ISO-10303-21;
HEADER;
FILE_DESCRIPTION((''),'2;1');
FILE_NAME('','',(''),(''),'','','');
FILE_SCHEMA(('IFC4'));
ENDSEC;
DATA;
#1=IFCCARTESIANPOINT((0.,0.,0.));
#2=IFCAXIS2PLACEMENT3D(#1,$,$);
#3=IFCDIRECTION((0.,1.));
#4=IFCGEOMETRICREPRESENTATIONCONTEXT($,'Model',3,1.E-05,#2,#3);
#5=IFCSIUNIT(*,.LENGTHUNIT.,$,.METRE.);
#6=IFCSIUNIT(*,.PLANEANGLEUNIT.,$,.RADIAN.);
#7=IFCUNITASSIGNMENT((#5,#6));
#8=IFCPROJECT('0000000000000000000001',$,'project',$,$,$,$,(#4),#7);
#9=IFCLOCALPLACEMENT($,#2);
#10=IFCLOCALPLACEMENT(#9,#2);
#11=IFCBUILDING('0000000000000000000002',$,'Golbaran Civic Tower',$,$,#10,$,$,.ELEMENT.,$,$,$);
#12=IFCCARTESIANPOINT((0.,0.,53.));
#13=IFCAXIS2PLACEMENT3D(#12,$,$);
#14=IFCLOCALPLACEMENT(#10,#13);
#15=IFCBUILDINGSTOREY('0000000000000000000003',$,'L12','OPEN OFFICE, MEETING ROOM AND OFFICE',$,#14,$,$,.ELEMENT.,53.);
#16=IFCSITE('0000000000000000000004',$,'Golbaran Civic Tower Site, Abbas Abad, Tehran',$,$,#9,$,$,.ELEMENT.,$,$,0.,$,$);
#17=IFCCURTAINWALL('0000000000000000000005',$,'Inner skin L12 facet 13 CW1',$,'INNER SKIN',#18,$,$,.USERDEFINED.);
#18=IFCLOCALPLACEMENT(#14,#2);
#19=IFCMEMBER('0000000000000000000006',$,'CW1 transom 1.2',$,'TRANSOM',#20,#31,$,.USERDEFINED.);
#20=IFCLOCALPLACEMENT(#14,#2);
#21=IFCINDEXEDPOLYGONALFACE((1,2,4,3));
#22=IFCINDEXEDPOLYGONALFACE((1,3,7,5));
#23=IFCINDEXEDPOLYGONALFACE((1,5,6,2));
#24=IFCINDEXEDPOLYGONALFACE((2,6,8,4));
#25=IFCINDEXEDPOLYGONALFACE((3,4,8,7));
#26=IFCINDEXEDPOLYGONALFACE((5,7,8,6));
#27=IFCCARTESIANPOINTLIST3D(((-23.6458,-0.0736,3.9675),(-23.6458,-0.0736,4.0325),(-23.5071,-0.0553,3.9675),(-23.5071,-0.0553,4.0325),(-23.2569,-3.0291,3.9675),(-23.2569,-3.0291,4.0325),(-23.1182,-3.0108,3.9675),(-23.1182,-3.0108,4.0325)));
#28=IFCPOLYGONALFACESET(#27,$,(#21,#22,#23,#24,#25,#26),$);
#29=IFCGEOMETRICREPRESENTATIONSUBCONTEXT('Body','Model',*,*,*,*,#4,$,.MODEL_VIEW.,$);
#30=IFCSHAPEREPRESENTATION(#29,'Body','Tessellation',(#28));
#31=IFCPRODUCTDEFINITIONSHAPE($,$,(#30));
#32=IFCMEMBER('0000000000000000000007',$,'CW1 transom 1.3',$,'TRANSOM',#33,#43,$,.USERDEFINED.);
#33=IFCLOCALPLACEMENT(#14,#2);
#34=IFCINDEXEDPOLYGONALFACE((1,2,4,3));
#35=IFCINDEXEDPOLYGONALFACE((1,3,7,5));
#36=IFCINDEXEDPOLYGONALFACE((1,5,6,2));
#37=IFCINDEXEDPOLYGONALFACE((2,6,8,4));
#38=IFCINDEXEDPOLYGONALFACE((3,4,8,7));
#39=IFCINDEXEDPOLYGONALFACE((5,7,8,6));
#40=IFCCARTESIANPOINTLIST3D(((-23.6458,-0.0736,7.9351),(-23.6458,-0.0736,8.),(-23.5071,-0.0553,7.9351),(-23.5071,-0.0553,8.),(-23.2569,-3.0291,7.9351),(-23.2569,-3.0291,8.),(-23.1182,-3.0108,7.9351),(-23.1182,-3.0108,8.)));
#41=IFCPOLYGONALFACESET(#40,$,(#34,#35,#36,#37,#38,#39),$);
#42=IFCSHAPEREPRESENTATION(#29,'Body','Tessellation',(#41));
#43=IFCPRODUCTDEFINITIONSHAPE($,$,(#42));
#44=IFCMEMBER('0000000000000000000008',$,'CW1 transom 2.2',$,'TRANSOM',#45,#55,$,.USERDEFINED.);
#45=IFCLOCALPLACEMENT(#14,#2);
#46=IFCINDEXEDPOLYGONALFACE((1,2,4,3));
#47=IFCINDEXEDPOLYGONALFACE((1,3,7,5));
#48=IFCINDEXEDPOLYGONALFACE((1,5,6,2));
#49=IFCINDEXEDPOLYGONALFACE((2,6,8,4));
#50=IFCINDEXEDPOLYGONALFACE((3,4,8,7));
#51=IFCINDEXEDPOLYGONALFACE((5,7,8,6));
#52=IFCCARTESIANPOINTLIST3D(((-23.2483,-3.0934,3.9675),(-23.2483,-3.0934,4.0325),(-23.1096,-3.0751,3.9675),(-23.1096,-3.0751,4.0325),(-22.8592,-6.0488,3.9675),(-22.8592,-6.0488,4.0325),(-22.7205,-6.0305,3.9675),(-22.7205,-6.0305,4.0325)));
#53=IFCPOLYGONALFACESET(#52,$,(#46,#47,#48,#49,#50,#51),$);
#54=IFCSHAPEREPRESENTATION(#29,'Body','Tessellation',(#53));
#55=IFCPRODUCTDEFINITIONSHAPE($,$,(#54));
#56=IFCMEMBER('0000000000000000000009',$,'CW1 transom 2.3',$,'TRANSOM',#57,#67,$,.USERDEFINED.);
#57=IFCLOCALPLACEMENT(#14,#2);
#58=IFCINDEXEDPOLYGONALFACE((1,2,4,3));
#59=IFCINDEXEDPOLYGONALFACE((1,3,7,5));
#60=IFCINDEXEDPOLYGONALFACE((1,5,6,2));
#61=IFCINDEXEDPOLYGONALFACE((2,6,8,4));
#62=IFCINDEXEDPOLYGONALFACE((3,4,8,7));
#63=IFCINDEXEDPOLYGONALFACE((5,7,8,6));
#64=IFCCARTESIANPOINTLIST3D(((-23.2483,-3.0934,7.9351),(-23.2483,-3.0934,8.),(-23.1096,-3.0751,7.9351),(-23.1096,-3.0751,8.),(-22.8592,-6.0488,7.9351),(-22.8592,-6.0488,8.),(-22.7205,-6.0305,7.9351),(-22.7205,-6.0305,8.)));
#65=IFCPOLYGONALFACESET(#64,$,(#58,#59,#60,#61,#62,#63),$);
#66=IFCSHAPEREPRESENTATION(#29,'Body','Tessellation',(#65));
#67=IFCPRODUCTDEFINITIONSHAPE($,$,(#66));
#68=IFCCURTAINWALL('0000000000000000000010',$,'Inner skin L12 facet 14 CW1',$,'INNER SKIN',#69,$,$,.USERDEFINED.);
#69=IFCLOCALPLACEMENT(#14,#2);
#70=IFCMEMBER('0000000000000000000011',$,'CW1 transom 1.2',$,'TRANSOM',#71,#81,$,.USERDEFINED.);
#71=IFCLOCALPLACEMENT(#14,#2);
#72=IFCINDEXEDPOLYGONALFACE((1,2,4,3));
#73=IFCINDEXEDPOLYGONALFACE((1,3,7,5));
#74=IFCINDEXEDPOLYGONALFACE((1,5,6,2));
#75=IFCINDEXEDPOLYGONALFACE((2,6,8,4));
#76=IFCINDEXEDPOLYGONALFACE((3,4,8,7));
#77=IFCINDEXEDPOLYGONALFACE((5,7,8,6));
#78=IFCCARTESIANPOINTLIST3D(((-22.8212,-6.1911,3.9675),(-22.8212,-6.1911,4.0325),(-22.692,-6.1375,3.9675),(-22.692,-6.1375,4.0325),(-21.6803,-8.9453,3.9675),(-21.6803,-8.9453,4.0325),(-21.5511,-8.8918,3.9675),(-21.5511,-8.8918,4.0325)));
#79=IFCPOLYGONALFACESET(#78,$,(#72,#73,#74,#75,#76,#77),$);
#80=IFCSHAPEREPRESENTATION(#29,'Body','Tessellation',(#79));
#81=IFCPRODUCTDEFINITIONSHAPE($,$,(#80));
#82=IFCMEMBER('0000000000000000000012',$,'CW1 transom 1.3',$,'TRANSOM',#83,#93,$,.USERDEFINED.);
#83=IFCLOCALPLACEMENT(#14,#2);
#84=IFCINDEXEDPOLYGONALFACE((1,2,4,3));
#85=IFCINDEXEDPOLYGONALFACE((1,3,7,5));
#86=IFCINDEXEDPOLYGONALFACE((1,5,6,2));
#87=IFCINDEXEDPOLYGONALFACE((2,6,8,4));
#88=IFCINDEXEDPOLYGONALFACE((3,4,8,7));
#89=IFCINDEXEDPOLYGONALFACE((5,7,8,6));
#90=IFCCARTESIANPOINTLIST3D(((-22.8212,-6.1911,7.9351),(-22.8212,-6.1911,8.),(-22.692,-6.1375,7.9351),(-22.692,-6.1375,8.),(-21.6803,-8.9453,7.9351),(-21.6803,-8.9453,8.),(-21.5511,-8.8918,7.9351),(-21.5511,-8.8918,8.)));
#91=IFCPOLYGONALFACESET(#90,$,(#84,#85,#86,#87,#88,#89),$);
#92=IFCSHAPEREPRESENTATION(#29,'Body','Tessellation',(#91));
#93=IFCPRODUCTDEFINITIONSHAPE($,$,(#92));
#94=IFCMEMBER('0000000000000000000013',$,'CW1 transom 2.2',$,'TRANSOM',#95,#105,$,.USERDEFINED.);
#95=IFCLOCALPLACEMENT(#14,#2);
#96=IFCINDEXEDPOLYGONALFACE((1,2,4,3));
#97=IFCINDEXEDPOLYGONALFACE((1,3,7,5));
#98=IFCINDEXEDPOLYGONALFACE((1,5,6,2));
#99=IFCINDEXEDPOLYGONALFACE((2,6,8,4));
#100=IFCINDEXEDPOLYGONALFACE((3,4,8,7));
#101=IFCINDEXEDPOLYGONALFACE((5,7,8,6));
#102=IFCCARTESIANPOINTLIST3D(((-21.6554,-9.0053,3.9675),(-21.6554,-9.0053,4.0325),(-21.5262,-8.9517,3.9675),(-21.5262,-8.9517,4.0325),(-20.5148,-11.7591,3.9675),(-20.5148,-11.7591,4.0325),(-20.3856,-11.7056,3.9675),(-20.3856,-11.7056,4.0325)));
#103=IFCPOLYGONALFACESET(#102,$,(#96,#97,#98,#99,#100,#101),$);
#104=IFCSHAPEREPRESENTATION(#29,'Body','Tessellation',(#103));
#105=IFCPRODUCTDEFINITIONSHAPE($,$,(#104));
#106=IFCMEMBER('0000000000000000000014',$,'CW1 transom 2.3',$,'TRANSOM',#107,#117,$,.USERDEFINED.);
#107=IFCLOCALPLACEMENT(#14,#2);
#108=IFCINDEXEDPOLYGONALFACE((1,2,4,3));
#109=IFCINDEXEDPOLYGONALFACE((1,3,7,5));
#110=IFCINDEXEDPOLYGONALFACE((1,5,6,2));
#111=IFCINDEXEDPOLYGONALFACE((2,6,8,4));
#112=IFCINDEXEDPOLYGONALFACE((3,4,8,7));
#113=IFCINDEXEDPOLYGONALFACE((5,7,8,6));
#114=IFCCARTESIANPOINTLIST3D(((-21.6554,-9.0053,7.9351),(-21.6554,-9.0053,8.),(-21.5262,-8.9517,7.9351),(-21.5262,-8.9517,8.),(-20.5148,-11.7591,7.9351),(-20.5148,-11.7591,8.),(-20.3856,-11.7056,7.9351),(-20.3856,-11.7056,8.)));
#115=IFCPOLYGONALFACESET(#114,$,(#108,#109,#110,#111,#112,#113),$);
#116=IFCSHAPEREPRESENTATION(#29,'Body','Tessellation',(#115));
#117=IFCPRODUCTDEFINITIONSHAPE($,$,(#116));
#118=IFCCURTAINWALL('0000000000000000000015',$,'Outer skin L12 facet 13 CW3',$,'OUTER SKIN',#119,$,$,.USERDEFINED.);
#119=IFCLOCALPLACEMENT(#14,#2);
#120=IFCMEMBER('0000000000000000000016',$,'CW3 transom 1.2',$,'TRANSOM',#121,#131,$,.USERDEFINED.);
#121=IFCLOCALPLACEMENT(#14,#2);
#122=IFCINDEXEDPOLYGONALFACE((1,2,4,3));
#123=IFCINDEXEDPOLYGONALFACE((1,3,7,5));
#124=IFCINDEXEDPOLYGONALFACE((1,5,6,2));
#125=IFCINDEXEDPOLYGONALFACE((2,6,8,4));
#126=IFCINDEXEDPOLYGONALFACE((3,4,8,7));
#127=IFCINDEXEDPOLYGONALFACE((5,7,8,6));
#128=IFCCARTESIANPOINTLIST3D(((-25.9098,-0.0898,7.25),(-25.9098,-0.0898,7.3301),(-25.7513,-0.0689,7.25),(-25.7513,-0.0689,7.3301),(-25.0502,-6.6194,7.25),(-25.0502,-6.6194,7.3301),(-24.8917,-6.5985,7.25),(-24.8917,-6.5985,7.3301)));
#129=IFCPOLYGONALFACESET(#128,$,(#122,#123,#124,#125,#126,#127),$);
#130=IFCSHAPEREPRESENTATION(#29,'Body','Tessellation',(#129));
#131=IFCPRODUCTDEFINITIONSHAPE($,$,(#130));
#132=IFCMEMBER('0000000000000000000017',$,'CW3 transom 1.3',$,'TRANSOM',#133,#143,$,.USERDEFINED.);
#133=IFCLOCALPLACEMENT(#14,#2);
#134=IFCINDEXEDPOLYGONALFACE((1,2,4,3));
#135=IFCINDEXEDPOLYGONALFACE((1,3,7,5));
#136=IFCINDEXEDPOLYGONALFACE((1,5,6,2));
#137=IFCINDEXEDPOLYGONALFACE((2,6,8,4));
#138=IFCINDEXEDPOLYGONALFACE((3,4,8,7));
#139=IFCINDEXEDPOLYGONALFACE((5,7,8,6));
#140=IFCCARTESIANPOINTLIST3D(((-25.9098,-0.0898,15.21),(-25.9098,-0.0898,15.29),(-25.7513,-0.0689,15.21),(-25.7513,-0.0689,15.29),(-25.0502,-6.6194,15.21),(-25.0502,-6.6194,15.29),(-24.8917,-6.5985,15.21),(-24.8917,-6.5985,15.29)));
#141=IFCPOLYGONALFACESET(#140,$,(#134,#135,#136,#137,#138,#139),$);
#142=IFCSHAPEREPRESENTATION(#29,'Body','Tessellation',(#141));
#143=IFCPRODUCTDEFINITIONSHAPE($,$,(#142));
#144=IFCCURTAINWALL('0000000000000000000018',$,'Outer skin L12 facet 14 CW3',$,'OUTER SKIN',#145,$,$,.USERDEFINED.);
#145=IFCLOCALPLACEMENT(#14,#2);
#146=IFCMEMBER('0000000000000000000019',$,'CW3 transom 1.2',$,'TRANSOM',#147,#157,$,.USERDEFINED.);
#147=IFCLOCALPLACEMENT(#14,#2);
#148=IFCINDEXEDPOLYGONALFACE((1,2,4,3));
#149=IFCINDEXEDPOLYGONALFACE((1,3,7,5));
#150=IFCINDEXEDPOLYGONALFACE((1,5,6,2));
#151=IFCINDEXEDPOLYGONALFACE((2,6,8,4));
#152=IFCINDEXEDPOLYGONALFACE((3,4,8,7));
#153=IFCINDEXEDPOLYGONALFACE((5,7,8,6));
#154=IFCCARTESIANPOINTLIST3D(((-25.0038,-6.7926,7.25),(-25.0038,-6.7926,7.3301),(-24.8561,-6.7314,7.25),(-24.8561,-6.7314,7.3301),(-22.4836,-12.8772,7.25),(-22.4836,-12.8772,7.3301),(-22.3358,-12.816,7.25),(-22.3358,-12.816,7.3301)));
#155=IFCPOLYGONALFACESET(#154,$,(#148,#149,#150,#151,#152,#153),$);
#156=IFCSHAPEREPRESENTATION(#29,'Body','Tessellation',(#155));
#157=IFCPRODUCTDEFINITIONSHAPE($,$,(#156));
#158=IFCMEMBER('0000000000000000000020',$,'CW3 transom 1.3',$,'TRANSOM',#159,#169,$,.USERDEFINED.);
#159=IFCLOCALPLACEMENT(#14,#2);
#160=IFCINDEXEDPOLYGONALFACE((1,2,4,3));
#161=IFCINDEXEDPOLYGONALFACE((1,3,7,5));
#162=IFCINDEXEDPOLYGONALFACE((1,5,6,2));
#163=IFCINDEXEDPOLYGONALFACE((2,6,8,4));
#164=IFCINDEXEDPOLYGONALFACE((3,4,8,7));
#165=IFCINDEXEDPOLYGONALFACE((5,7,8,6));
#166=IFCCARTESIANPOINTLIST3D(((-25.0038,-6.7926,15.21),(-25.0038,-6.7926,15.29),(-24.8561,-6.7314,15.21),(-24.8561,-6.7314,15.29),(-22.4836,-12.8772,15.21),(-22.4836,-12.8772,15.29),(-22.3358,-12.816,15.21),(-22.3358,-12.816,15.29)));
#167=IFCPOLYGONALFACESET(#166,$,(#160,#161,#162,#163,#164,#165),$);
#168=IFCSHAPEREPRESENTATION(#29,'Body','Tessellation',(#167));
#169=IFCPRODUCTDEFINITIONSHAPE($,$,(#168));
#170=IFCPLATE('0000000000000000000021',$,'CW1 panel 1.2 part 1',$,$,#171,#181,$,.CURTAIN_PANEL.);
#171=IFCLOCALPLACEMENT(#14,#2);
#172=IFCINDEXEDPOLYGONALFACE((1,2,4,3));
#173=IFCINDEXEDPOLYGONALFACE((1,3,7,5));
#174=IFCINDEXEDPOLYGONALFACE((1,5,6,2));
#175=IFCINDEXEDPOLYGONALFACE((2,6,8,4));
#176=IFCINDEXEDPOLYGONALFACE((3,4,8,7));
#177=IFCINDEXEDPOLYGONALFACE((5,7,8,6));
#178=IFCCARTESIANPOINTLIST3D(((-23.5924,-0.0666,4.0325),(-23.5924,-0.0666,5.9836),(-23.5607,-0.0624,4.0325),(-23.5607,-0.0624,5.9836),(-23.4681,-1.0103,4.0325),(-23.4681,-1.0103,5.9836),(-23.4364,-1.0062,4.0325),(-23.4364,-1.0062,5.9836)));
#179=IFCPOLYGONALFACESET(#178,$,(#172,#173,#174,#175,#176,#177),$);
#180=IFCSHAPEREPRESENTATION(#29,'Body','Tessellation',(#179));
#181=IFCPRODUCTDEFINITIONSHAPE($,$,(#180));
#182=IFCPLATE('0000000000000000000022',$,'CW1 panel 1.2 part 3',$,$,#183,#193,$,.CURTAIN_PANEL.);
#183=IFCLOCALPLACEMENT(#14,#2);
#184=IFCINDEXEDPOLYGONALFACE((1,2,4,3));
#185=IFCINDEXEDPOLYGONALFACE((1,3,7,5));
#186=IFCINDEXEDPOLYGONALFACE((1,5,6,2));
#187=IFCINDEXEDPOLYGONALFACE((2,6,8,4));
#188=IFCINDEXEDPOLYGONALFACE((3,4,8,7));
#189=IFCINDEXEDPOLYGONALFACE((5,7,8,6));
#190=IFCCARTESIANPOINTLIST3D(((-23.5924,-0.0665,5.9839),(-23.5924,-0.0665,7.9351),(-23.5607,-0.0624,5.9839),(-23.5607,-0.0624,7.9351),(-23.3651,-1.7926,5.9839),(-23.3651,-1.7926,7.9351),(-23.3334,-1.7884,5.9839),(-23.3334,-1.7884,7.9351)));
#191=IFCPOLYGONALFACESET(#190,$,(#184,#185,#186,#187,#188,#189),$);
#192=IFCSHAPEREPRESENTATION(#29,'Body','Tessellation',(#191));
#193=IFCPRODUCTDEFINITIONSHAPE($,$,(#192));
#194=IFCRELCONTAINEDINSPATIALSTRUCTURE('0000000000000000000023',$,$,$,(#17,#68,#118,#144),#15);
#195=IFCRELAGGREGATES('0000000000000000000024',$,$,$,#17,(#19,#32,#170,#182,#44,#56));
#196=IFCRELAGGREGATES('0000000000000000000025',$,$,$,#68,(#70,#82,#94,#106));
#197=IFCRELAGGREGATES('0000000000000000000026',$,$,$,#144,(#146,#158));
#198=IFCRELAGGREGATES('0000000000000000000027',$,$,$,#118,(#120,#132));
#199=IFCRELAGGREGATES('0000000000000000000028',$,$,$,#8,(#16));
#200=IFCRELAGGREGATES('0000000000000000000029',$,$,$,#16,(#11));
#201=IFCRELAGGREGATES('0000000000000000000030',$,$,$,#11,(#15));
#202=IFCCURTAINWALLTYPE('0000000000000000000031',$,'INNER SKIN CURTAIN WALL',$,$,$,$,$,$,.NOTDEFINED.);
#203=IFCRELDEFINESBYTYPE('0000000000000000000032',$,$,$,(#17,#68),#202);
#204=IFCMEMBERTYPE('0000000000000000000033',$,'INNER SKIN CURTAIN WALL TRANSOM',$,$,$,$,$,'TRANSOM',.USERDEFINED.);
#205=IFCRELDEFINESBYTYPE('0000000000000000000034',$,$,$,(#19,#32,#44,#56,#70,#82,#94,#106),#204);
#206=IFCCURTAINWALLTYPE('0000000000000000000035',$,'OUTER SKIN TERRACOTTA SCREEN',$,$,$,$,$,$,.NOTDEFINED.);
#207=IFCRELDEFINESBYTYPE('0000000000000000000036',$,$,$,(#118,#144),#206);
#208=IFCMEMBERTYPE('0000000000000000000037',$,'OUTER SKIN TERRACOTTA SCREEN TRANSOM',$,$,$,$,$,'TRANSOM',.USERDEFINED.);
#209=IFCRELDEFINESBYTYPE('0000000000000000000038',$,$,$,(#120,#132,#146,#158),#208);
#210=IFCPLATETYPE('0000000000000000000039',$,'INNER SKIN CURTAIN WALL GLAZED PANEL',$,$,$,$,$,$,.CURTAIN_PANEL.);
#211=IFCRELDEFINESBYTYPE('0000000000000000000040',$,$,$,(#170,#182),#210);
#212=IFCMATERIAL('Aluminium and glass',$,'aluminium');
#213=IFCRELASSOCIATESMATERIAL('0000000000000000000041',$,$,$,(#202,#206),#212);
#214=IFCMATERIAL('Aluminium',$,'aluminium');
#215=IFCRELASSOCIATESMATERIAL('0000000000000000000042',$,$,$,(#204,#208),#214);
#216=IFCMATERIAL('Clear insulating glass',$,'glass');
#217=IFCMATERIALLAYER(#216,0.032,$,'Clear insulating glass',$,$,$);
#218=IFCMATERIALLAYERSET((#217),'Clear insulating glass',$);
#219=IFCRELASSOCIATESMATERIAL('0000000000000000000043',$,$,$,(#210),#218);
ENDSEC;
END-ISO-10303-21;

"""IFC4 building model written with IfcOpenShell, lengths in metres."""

from ifc_helpers import new_model, si_unit, direction, frame, origin, origin_2d, place, context, subcontext, project, spatial, rectangle, extrude, material, layer, layer_set, material_profile, profile_set, type_object, element, aggregate, save


model = new_model("IFC4")

# Units and contexts
model_context = context("Model", 3, precision=1e-05, world=origin(), true_north=direction((0.0, 1.0)))
body_context = subcontext(model_context, "Body", "Model", "MODEL_VIEW")
ifc_project = project(units=[si_unit("LENGTHUNIT", "METRE"), si_unit("PLANEANGLEUNIT", "RADIAN")], contexts=[model_context])

# Site, building, storey
site_placement = place(None, origin())
site = spatial("IfcSite", under=ifc_project, at=site_placement, Name="Golbaran Civic Tower Site, Abbas Abad, Tehran", CompositionType="ELEMENT", RefElevation=0.0)
building_placement = place(site_placement, origin())
building = spatial("IfcBuilding", under=site, at=building_placement, Name="Golbaran Civic Tower", CompositionType="ELEMENT")
storey_placement = place(building_placement, frame((0.0, 0.0, 53.0)))
storey = spatial("IfcBuildingStorey", under=building, at=storey_placement, Name="L12", Description="OPEN OFFICE, MEETING ROOM AND OFFICE", CompositionType="ELEMENT", Elevation=53.0)

# Curtain walls, members
ifc_material_1 = material(Name="Aluminium and glass", Category="aluminium")
curtain_wall_type_1 = type_object("IfcCurtainWallType", Name="INNER SKIN CURTAIN WALL", PredefinedType="NOTDEFINED", material=ifc_material_1)
curtain_wall_1_placement = place(storey_placement, origin())
curtain_wall_1 = element("IfcCurtainWall", 1, at=curtain_wall_1_placement, inside=storey, type_object=curtain_wall_type_1, Name="Inner skin L12 facet 13 CW1", ObjectType="INNER SKIN", PredefinedType="USERDEFINED")
ifc_material_2 = material(Name="Aluminium", Category="aluminium")
ifc_material_profile_1 = material_profile(ifc_material_2, rectangle(XDim=0.1399, YDim=0.0649, at=origin_2d()), Name="INNER SKIN CURTAIN WALL TRANSOM")
ifc_profile_set_1 = profile_set([ifc_material_profile_1], Name="Aluminium")
member_type_1 = type_object("IfcMemberType", Name="INNER SKIN CURTAIN WALL TRANSOM", ElementType="TRANSOM", PredefinedType="USERDEFINED", material=ifc_profile_set_1)
member_1_placement = place(storey_placement, frame((-23.5764, -0.0645, 4.0), z_axis=(0.130463, -0.991453, 0.0), x_axis=(0.991453, 0.130463, 0.0)))
member_1 = element("IfcMember", 2, at=member_1_placement, type_object=member_type_1, Name="CW1 transom 1.2", ObjectType="TRANSOM", PredefinedType="USERDEFINED", context=body_context, shape_type="SweptSolid", body=[
    extrude(rectangle(XDim=0.1399, YDim=0.0649, at=origin_2d()), origin(), (0.0, 0.0, 1.0), 2.981),
])
member_2_placement = place(storey_placement, frame((-23.5764, -0.0645, 7.9675), z_axis=(0.130463, -0.991453, 0.0), x_axis=(0.991453, 0.130463, 0.0)))
member_2 = element("IfcMember", 3, at=member_2_placement, type_object=member_type_1, Name="CW1 transom 1.3", ObjectType="TRANSOM", PredefinedType="USERDEFINED", context=body_context, shape_type="SweptSolid", body=[
    extrude(rectangle(XDim=0.1399, YDim=0.0649, at=origin_2d()), origin(), (0.0, 0.0, 1.0), 2.981),
])
member_3_placement = place(storey_placement, frame((-23.179, -3.0842, 4.0), z_axis=(0.130543, -0.991443, 0.0), x_axis=(0.991443, 0.130543, 0.0)))
member_3 = element("IfcMember", 4, at=member_3_placement, type_object=member_type_1, Name="CW1 transom 2.2", ObjectType="TRANSOM", PredefinedType="USERDEFINED", context=body_context, shape_type="SweptSolid", body=[
    extrude(rectangle(XDim=0.1399, YDim=0.0649, at=origin_2d()), origin(), (0.0, 0.0, 1.0), 2.981),
])
member_4_placement = place(storey_placement, frame((-23.179, -3.0842, 7.9675), z_axis=(0.130543, -0.991443, 0.0), x_axis=(0.991443, 0.130543, 0.0)))
member_4 = element("IfcMember", 5, at=member_4_placement, type_object=member_type_1, Name="CW1 transom 2.3", ObjectType="TRANSOM", PredefinedType="USERDEFINED", context=body_context, shape_type="SweptSolid", body=[
    extrude(rectangle(XDim=0.1399, YDim=0.0649, at=origin_2d()), origin(), (0.0, 0.0, 1.0), 2.981),
])
curtain_wall_2_placement = place(storey_placement, origin())
curtain_wall_2 = element("IfcCurtainWall", 6, at=curtain_wall_2_placement, inside=storey, type_object=curtain_wall_type_1, Name="Inner skin L12 facet 14 CW1", ObjectType="INNER SKIN", PredefinedType="USERDEFINED")
member_5_placement = place(storey_placement, frame((-22.7566, -6.1643, 4.0), z_axis=(0.382701, -0.923872, 0.0), x_axis=(0.923872, 0.382701, 0.0)))
member_5 = element("IfcMember", 7, at=member_5_placement, type_object=member_type_1, Name="CW1 transom 1.2", ObjectType="TRANSOM", PredefinedType="USERDEFINED", context=body_context, shape_type="SweptSolid", body=[
    extrude(rectangle(XDim=0.1399, YDim=0.0649, at=origin_2d()), origin(), (0.0, 0.0, 1.0), 2.9812),
])
member_6_placement = place(storey_placement, frame((-22.7566, -6.1643, 7.9675), z_axis=(0.382701, -0.923872, 0.0), x_axis=(0.923872, 0.382701, 0.0)))
member_6 = element("IfcMember", 8, at=member_6_placement, type_object=member_type_1, Name="CW1 transom 1.3", ObjectType="TRANSOM", PredefinedType="USERDEFINED", context=body_context, shape_type="SweptSolid", body=[
    extrude(rectangle(XDim=0.1399, YDim=0.0649, at=origin_2d()), origin(), (0.0, 0.0, 1.0), 2.9812),
])
member_7_placement = place(storey_placement, frame((-21.5908, -8.9785, 4.0), z_axis=(0.38266, -0.923889, 0.0), x_axis=(0.923889, 0.38266, 0.0)))
member_7 = element("IfcMember", 9, at=member_7_placement, type_object=member_type_1, Name="CW1 transom 2.2", ObjectType="TRANSOM", PredefinedType="USERDEFINED", context=body_context, shape_type="SweptSolid", body=[
    extrude(rectangle(XDim=0.1399, YDim=0.0649, at=origin_2d()), origin(), (0.0, 0.0, 1.0), 2.9807),
])
member_8_placement = place(storey_placement, frame((-21.5908, -8.9785, 7.9675), z_axis=(0.38266, -0.923889, 0.0), x_axis=(0.923889, 0.38266, 0.0)))
member_8 = element("IfcMember", 10, at=member_8_placement, type_object=member_type_1, Name="CW1 transom 2.3", ObjectType="TRANSOM", PredefinedType="USERDEFINED", context=body_context, shape_type="SweptSolid", body=[
    extrude(rectangle(XDim=0.1399, YDim=0.0649, at=origin_2d()), origin(), (0.0, 0.0, 1.0), 2.9807),
])
curtain_wall_type_2 = type_object("IfcCurtainWallType", Name="OUTER SKIN TERRACOTTA SCREEN", PredefinedType="NOTDEFINED", material=ifc_material_1)
curtain_wall_3_placement = place(storey_placement, origin())
curtain_wall_3 = element("IfcCurtainWall", 11, at=curtain_wall_3_placement, inside=storey, type_object=curtain_wall_type_2, Name="Outer skin L12 facet 13 CW3", ObjectType="OUTER SKIN", PredefinedType="USERDEFINED")
ifc_material_profile_2 = material_profile(ifc_material_2, rectangle(XDim=0.1599, YDim=0.0801, at=origin_2d()), Name="OUTER SKIN TERRACOTTA SCREEN TRANSOM")
ifc_profile_set_2 = profile_set([ifc_material_profile_2], Name="Aluminium")
member_type_2 = type_object("IfcMemberType", Name="OUTER SKIN TERRACOTTA SCREEN TRANSOM", ElementType="TRANSOM", PredefinedType="USERDEFINED", material=ifc_profile_set_2)
member_9_placement = place(storey_placement, frame((-25.8306, -0.0793, 7.29), z_axis=(0.130525, -0.991445, 0.0), x_axis=(0.991445, 0.130525, 0.0)))
member_9 = element("IfcMember", 12, at=member_9_placement, type_object=member_type_2, Name="CW3 transom 1.2", ObjectType="TRANSOM", PredefinedType="USERDEFINED", context=body_context, shape_type="SweptSolid", body=[
    extrude(rectangle(XDim=0.1599, YDim=0.0801, at=origin_2d()), origin(), (0.0, 0.0, 1.0), 6.5859),
])
member_10_placement = place(storey_placement, frame((-25.8306, -0.0793, 15.25), z_axis=(0.130525, -0.991445, 0.0), x_axis=(0.991445, 0.130525, 0.0)))
member_10 = element("IfcMember", 13, at=member_10_placement, type_object=member_type_2, Name="CW3 transom 1.3", ObjectType="TRANSOM", PredefinedType="USERDEFINED", context=body_context, shape_type="SweptSolid", body=[
    extrude(rectangle(XDim=0.1599, YDim=0.0801, at=origin_2d()), origin(), (0.0, 0.0, 1.0), 6.5859),
])
curtain_wall_4_placement = place(storey_placement, origin())
curtain_wall_4 = element("IfcCurtainWall", 14, at=curtain_wall_4_placement, inside=storey, type_object=curtain_wall_type_2, Name="Outer skin L12 facet 14 CW3", ObjectType="OUTER SKIN", PredefinedType="USERDEFINED")
member_11_placement = place(storey_placement, frame((-24.9299, -6.762, 7.29), z_axis=(0.382669, -0.923885, 0.0), x_axis=(0.923885, 0.382669, 0.0)))
member_11 = element("IfcMember", 15, at=member_11_placement, type_object=member_type_2, Name="CW3 transom 1.2", ObjectType="TRANSOM", PredefinedType="USERDEFINED", context=body_context, shape_type="SweptSolid", body=[
    extrude(rectangle(XDim=0.1599, YDim=0.0801, at=origin_2d()), origin(), (0.0, 0.0, 1.0), 6.5859),
])
member_12_placement = place(storey_placement, frame((-24.9299, -6.762, 15.25), z_axis=(0.382669, -0.923885, 0.0), x_axis=(0.923885, 0.382669, 0.0)))
member_12 = element("IfcMember", 16, at=member_12_placement, type_object=member_type_2, Name="CW3 transom 1.3", ObjectType="TRANSOM", PredefinedType="USERDEFINED", context=body_context, shape_type="SweptSolid", body=[
    extrude(rectangle(XDim=0.1599, YDim=0.0801, at=origin_2d()), origin(), (0.0, 0.0, 1.0), 6.5859),
])

# Plates
ifc_material_3 = material(Name="Clear insulating glass", Category="glass")
ifc_layer_1 = layer(ifc_material_3, 0.032, Name="Clear insulating glass")
ifc_layer_set_1 = layer_set([ifc_layer_1], Name="Clear insulating glass")
plate_type_1 = type_object("IfcPlateType", Name="INNER SKIN CURTAIN WALL GLAZED PANEL", PredefinedType="CURTAIN_PANEL", material=ifc_layer_set_1)
plate_1_placement = place(storey_placement, frame((-23.5144, -0.5364, 4.0325), z_axis=(0.0, 0.0, 1.0), x_axis=(0.130526, -0.991445, 0.0)))
plate_1 = element("IfcPlate", 17, at=plate_1_placement, type_object=plate_type_1, Name="CW1 panel 1.2 part 1", PredefinedType="CURTAIN_PANEL", context=body_context, shape_type="SweptSolid", body=[
    extrude(rectangle(XDim=0.9519, YDim=0.032, at=origin_2d()), origin(), (0.0, 0.0, 1.0), 1.9512),
])
plate_2_placement = place(storey_placement, frame((-23.4629, -0.9275, 5.9839), z_axis=(0.0, 0.0, 1.0), x_axis=(0.130526, -0.991445, 0.0)))
plate_2 = element("IfcPlate", 18, at=plate_2_placement, type_object=plate_type_1, Name="CW1 panel 1.2 part 3", PredefinedType="CURTAIN_PANEL", context=body_context, shape_type="SweptSolid", body=[
    extrude(rectangle(XDim=1.741, YDim=0.032, at=origin_2d()), origin(), (0.0, 0.0, 1.0), 1.9512),
])
aggregate(curtain_wall_1, [member_1, member_2, plate_1, plate_2, member_3, member_4])
aggregate(curtain_wall_2, [member_5, member_6, member_7, member_8])
aggregate(curtain_wall_4, [member_11, member_12])
aggregate(curtain_wall_3, [member_9, member_10])

save(model, "model.ifc")
